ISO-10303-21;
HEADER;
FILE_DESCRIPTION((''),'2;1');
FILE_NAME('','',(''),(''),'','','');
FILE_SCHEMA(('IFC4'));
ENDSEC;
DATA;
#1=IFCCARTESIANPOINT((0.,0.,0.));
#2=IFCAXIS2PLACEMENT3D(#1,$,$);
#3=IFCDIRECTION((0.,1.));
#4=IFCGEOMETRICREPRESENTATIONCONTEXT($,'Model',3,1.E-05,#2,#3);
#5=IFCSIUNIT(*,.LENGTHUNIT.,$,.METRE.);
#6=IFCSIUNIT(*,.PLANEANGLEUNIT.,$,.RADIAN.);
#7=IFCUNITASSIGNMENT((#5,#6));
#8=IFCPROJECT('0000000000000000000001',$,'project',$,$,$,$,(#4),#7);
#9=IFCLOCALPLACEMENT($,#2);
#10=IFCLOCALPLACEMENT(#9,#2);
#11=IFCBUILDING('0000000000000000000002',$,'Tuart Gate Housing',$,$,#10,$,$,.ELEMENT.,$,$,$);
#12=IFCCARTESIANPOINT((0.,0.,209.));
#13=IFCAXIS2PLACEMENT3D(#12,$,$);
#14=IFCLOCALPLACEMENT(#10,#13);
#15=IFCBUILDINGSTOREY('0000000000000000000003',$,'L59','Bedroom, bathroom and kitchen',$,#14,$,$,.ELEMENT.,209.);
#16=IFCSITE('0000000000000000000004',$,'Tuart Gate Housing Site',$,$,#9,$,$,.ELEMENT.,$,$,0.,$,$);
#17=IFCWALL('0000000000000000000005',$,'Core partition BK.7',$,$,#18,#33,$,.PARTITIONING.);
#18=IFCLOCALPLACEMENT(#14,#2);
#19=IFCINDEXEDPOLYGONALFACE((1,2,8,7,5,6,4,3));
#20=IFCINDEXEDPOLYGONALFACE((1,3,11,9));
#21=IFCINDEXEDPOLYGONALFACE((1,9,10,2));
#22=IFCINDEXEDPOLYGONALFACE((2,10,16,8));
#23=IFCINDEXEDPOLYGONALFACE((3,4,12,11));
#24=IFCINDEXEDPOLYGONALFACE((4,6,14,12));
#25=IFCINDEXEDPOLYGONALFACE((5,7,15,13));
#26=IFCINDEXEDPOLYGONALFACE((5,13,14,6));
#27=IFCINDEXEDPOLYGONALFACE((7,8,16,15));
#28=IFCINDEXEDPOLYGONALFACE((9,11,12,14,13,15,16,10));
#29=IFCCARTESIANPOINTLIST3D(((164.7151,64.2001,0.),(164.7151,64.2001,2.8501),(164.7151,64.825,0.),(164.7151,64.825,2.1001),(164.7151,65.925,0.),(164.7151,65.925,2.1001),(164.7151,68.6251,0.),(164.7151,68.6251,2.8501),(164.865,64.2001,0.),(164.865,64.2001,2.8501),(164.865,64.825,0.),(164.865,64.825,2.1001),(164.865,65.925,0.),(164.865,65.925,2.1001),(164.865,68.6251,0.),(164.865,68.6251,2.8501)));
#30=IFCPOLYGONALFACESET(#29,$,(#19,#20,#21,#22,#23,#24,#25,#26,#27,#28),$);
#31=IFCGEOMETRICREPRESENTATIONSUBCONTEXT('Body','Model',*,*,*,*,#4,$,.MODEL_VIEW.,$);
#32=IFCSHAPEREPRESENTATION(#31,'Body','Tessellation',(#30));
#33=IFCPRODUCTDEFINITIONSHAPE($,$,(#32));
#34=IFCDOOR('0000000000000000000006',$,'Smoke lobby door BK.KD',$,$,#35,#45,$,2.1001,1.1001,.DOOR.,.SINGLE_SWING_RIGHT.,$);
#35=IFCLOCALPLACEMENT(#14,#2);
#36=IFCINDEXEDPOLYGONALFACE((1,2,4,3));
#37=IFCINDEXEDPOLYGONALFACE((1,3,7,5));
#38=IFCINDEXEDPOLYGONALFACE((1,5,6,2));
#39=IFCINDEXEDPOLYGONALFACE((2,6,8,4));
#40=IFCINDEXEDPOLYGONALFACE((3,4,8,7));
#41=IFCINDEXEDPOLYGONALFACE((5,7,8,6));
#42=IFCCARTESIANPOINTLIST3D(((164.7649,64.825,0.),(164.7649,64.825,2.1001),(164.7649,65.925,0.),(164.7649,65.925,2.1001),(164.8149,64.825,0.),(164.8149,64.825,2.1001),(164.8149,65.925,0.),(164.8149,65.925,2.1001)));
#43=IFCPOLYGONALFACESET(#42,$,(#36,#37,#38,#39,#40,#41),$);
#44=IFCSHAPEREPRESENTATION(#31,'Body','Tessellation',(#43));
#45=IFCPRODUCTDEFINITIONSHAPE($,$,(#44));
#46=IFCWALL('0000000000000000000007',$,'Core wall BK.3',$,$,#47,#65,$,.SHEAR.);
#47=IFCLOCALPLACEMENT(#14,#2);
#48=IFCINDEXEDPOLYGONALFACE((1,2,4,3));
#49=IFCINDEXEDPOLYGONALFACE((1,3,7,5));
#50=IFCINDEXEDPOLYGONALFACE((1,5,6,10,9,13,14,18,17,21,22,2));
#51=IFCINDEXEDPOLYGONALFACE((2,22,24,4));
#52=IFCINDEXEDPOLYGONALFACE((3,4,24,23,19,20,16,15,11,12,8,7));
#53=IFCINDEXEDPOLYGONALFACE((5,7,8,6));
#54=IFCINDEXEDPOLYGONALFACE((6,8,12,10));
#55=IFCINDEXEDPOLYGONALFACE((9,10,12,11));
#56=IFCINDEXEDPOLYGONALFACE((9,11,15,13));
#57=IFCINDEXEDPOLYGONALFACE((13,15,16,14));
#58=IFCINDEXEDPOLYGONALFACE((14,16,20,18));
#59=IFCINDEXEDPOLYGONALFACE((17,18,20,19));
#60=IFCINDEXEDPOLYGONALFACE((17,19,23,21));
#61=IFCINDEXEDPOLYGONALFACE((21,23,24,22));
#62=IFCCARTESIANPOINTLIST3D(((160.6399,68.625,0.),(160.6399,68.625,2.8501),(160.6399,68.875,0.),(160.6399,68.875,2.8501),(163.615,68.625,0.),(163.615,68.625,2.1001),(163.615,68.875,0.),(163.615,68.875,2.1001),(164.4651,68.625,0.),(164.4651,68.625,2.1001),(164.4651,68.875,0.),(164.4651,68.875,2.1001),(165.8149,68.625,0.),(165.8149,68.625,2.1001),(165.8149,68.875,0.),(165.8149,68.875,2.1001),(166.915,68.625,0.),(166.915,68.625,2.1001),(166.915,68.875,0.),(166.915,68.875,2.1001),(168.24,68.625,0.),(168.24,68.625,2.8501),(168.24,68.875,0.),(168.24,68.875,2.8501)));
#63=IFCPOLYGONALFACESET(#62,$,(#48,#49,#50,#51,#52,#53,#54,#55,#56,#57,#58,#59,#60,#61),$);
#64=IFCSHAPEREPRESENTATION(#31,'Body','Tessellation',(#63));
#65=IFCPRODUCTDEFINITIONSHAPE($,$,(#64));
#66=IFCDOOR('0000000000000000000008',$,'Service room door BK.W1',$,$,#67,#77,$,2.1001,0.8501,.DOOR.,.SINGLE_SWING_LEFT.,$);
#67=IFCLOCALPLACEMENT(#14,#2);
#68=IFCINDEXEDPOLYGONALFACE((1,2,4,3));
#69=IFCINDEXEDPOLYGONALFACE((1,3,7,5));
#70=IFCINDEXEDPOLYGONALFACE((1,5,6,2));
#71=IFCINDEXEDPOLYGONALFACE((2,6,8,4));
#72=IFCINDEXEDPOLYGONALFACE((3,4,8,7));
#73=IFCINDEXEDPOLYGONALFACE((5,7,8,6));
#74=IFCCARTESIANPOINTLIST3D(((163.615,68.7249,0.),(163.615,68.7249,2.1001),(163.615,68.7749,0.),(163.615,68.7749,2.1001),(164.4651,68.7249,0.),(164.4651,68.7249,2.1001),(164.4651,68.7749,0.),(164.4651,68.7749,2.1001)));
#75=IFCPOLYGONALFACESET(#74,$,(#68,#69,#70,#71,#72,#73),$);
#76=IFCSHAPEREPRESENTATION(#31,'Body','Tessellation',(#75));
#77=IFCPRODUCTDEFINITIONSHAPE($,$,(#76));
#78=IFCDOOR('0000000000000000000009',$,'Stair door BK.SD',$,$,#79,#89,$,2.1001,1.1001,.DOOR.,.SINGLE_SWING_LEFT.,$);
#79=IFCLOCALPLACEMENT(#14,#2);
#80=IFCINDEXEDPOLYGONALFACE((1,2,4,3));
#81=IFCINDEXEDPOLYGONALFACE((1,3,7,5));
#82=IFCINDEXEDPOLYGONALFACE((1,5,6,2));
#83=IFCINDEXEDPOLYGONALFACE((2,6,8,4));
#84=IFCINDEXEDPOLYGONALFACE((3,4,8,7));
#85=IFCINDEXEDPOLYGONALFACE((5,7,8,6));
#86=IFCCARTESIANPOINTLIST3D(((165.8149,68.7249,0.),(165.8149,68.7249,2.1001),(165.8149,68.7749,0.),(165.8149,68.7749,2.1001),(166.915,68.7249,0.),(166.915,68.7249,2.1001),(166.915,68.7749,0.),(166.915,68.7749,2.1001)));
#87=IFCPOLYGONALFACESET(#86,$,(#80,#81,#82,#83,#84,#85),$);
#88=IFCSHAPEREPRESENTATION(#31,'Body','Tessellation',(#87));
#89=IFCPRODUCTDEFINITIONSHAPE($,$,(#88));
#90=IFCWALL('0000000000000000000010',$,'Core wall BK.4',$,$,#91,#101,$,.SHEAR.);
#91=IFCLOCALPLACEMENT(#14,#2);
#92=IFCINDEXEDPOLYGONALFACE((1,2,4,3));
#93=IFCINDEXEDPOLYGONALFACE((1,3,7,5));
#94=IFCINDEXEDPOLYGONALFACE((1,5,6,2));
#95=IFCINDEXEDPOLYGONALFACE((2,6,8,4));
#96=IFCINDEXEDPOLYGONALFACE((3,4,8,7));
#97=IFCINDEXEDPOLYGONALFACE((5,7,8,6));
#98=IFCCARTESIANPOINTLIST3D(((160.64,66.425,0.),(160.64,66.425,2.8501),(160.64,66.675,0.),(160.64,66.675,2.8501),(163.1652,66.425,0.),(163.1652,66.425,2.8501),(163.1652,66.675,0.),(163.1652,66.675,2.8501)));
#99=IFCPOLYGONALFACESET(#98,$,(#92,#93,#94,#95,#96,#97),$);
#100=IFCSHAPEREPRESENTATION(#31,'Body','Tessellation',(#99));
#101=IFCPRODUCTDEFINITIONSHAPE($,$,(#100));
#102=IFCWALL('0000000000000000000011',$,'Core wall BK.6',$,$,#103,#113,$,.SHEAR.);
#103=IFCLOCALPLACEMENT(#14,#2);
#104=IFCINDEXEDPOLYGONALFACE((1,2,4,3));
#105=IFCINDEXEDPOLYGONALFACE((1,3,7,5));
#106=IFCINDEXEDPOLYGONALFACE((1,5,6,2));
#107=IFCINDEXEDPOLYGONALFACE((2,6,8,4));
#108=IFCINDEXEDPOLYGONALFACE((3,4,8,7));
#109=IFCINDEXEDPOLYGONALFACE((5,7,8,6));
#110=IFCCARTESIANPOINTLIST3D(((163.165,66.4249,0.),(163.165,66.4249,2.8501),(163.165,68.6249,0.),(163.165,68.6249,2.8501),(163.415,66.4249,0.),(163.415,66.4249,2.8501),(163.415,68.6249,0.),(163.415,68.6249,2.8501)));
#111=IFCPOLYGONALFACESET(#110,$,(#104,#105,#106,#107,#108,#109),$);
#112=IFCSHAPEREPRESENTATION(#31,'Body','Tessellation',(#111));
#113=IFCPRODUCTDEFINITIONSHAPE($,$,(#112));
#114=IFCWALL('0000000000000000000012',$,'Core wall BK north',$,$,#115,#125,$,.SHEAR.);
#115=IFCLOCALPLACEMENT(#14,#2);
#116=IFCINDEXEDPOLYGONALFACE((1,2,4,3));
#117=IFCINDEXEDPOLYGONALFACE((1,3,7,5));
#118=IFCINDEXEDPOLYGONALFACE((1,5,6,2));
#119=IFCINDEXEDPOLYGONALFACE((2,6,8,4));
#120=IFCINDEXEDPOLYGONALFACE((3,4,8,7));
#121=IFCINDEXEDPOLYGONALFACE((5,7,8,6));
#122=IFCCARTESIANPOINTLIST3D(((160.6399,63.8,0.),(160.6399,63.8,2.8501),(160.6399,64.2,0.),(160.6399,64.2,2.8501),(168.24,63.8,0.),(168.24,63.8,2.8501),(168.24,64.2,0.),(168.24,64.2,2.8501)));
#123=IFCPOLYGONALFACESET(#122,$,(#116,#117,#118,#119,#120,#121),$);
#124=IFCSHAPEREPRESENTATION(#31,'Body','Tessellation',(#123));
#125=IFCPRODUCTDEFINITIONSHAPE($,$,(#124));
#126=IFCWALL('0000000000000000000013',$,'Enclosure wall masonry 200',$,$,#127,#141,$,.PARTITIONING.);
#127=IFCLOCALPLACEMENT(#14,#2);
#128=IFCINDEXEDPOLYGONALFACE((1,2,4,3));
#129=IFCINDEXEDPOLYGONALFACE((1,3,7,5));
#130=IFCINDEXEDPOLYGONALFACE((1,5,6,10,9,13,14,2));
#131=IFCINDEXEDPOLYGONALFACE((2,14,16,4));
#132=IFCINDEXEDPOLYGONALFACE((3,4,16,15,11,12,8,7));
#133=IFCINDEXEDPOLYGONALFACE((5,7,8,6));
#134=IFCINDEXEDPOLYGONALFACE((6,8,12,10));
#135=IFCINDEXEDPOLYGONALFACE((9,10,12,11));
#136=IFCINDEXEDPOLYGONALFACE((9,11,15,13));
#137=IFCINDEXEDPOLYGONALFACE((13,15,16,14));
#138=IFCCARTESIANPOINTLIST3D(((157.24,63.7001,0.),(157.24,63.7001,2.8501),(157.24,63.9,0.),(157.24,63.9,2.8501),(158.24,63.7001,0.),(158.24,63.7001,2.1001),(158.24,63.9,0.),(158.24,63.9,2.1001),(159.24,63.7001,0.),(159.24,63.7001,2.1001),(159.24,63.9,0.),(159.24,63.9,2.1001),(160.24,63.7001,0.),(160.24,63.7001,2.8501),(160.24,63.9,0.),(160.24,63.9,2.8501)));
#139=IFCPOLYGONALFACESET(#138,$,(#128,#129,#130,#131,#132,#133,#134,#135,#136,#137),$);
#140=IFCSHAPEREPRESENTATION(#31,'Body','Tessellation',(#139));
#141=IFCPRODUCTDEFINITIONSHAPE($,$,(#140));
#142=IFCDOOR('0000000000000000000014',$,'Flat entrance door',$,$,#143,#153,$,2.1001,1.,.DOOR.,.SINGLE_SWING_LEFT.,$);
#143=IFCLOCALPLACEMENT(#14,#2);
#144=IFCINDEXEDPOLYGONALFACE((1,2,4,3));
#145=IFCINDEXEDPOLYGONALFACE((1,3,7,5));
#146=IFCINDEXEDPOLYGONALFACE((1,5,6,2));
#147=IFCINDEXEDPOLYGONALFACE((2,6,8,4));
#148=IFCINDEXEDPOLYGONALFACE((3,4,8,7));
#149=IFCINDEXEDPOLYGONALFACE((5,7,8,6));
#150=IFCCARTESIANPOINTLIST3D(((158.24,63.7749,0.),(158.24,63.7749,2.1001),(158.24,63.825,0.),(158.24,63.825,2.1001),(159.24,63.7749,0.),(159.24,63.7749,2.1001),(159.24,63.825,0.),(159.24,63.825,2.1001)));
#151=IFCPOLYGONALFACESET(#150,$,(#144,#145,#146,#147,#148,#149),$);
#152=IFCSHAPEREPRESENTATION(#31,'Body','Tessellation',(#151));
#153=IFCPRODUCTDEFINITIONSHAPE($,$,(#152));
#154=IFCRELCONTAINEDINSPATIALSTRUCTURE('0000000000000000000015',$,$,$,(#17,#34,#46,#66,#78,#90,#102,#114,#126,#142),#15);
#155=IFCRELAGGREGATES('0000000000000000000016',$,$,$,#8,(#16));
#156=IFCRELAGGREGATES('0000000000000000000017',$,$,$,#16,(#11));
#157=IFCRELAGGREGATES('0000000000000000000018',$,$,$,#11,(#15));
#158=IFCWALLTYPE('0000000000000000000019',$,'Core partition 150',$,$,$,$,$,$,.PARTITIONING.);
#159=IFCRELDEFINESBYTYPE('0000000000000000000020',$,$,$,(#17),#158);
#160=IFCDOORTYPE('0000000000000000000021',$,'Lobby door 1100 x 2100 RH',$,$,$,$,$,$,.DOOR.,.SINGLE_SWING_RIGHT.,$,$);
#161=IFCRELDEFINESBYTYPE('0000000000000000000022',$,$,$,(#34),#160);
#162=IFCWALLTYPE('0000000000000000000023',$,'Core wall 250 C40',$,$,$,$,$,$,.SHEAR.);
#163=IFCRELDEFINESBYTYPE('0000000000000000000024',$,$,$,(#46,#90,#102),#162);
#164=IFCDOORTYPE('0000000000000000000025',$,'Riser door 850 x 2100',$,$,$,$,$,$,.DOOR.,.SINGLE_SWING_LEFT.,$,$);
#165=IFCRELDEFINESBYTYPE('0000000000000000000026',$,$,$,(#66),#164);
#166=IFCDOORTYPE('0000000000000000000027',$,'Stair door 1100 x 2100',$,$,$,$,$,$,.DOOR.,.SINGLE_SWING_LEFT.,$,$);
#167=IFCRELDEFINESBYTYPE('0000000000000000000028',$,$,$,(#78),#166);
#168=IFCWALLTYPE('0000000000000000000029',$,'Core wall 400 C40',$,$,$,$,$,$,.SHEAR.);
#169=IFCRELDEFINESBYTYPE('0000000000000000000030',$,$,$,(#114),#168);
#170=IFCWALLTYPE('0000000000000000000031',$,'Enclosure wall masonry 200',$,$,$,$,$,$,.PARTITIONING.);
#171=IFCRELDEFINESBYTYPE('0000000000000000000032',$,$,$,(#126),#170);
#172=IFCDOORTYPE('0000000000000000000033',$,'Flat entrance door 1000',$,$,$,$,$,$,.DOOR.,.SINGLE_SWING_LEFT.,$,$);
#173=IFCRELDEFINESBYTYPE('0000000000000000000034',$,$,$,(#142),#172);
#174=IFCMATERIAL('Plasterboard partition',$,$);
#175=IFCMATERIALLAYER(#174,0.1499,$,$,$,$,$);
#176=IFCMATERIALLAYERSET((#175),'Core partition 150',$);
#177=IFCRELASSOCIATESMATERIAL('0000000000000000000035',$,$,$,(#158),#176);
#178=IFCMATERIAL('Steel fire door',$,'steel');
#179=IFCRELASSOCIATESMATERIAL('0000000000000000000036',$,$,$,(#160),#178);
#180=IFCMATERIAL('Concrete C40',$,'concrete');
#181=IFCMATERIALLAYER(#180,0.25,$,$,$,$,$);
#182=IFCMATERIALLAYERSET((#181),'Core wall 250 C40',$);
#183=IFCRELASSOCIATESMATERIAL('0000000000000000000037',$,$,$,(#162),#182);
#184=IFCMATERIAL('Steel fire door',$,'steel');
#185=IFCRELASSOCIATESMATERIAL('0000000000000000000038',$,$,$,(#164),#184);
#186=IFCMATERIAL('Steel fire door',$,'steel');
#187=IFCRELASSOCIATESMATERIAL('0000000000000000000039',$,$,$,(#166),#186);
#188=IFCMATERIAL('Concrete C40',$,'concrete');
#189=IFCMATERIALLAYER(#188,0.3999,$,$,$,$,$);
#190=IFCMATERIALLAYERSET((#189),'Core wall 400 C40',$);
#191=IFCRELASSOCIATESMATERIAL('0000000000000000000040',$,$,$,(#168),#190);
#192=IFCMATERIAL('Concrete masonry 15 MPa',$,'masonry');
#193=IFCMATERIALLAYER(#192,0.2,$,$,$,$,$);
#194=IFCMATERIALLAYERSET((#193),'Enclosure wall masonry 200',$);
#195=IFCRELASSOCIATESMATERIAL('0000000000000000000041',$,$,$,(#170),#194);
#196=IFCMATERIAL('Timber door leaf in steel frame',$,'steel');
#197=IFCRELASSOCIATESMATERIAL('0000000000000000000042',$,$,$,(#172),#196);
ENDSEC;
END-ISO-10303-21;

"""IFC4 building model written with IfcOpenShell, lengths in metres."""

from ifc_helpers import new_model, si_unit, direction, frame, frame_2d, origin, place, context, subcontext, project, spatial, rectangle, extrude, material, layer, layer_set, type_object, element, fill, save


model = new_model("IFC4")

# Units and contexts
model_context = context("Model", 3, precision=1e-05, world=origin(), true_north=direction((0.0, 1.0)))
body_context = subcontext(model_context, "Body", "Model", "MODEL_VIEW")
ifc_project = project(units=[si_unit("LENGTHUNIT", "METRE"), si_unit("PLANEANGLEUNIT", "RADIAN")], contexts=[model_context])

# Site, building, storey
site_placement = place(None, origin())
site = spatial("IfcSite", under=ifc_project, at=site_placement, Name="Tuart Gate Housing Site", CompositionType="ELEMENT", RefElevation=0.0)
building_placement = place(site_placement, origin())
building = spatial("IfcBuilding", under=site, at=building_placement, Name="Tuart Gate Housing", CompositionType="ELEMENT")
storey_placement = place(building_placement, frame((0.0, 0.0, 209.0)))
storey = spatial("IfcBuildingStorey", under=building, at=storey_placement, Name="L59", Description="Bedroom, bathroom and kitchen", CompositionType="ELEMENT", Elevation=209.0)

# Wall, opening, door
ifc_material_1 = material(Name="Plasterboard partition")
ifc_layer_1 = layer(ifc_material_1, 0.1499)
ifc_layer_set_1 = layer_set([ifc_layer_1], Name="Core partition 150")
wall_type_1 = type_object("IfcWallType", Name="Core partition 150", PredefinedType="PARTITIONING", material=ifc_layer_set_1)
wall_1_placement = place(storey_placement, frame((164.79, 68.625, 0.0), z_axis=(0.0, 0.0, 1.0), x_axis=(0.0, -1.0, 0.0)))
wall_1 = element("IfcWall", 1, at=wall_1_placement, inside=storey, type_object=wall_type_1, Name="Core partition BK.7", PredefinedType="PARTITIONING", context=body_context, shape_type="SweptSolid", body=[
    extrude(rectangle(XDim=4.425, YDim=0.1499, at=frame_2d((2.2124, 0.0))), origin(), (0.0, 0.0, 1.0), 2.8501),
])
opening_1_placement = place(wall_1_placement, frame((2.7, 0.0, 0.0)))
opening_1 = element("IfcOpeningElement", 2, at=opening_1_placement, cuts=wall_1, PredefinedType="OPENING", context=body_context, shape_type="SweptSolid", body=[
    extrude(rectangle(XDim=1.1001, YDim=2.1001, at=frame_2d((0.55, 1.05))), frame((0.0, 0.085, 0.0), z_axis=(0.0, -1.0, 0.0), x_axis=(1.0, 0.0, 0.0)), (0.0, 0.0, 1.0), 0.1699),
])
ifc_material_2 = material(Name="Steel fire door", Category="steel")
door_type_1 = type_object("IfcDoorType", Name="Lobby door 1100 x 2100 RH", OperationType="SINGLE_SWING_RIGHT", PredefinedType="DOOR", material=ifc_material_2)
door_1_placement = place(opening_1_placement, origin())
door_1 = element("IfcDoor", 3, at=door_1_placement, inside=storey, type_object=door_type_1, Name="Smoke lobby door BK.KD", OperationType="SINGLE_SWING_RIGHT", OverallHeight=2.1001, OverallWidth=1.1001, PredefinedType="DOOR", context=body_context, shape_type="SweptSolid", body=[
    extrude(rectangle(XDim=1.1001, YDim=2.1001, at=frame_2d((0.55, 1.05))), frame((0.0, 0.0249, 0.0), z_axis=(0.0, -1.0, 0.0), x_axis=(1.0, 0.0, 0.0)), (0.0, 0.0, 1.0), 0.05),
])
fill(opening_1, door_1)

# Wall, openings, doors
ifc_material_3 = material(Name="Concrete C40", Category="concrete")
ifc_layer_2 = layer(ifc_material_3, 0.25)
ifc_layer_set_2 = layer_set([ifc_layer_2], Name="Core wall 250 C40")
wall_type_2 = type_object("IfcWallType", Name="Core wall 250 C40", PredefinedType="SHEAR", material=ifc_layer_set_2)
wall_2_placement = place(storey_placement, frame((160.6399, 68.75, 0.0), z_axis=(0.0, 0.0, 1.0), x_axis=(1.0, 0.0, 0.0)))
wall_2 = element("IfcWall", 4, at=wall_2_placement, inside=storey, type_object=wall_type_2, Name="Core wall BK.3", PredefinedType="SHEAR", context=body_context, shape_type="SweptSolid", body=[
    extrude(rectangle(XDim=7.6001, YDim=0.25, at=frame_2d((3.8, 0.0))), origin(), (0.0, 0.0, 1.0), 2.8501),
])
opening_2_placement = place(wall_2_placement, frame((5.175, 0.0, 0.0)))
opening_2 = element("IfcOpeningElement", 5, at=opening_2_placement, cuts=wall_2, PredefinedType="OPENING", context=body_context, shape_type="SweptSolid", body=[
    extrude(rectangle(XDim=1.1001, YDim=2.1001, at=frame_2d((0.55, 1.05))), frame((0.0, 0.135, 0.0), z_axis=(0.0, -1.0, 0.0), x_axis=(1.0, 0.0, 0.0)), (0.0, 0.0, 1.0), 0.27),
])
opening_3_placement = place(wall_2_placement, frame((2.9751, 0.0, 0.0)))
opening_3 = element("IfcOpeningElement", 6, at=opening_3_placement, cuts=wall_2, PredefinedType="OPENING", context=body_context, shape_type="SweptSolid", body=[
    extrude(rectangle(XDim=0.8501, YDim=2.1001, at=frame_2d((0.425, 1.05))), frame((0.0, 0.135, 0.0), z_axis=(0.0, -1.0, 0.0), x_axis=(1.0, 0.0, 0.0)), (0.0, 0.0, 1.0), 0.27),
])
ifc_material_4 = material(Name="Steel fire door", Category="steel")
door_type_2 = type_object("IfcDoorType", Name="Riser door 850 x 2100", OperationType="SINGLE_SWING_LEFT", PredefinedType="DOOR", material=ifc_material_4)
door_2_placement = place(opening_3_placement, origin())
door_2 = element("IfcDoor", 7, at=door_2_placement, inside=storey, type_object=door_type_2, Name="Service room door BK.W1", OperationType="SINGLE_SWING_LEFT", OverallHeight=2.1001, OverallWidth=0.8501, PredefinedType="DOOR", context=body_context, shape_type="SweptSolid", body=[
    extrude(rectangle(XDim=0.8501, YDim=2.1001, at=frame_2d((0.425, 1.05))), frame((0.0, 0.0249, 0.0), z_axis=(0.0, -1.0, 0.0), x_axis=(1.0, 0.0, 0.0)), (0.0, 0.0, 1.0), 0.05),
])
fill(opening_3, door_2)
ifc_material_5 = material(Name="Steel fire door", Category="steel")
door_type_3 = type_object("IfcDoorType", Name="Stair door 1100 x 2100", OperationType="SINGLE_SWING_LEFT", PredefinedType="DOOR", material=ifc_material_5)
door_3_placement = place(opening_2_placement, origin())
door_3 = element("IfcDoor", 8, at=door_3_placement, inside=storey, type_object=door_type_3, Name="Stair door BK.SD", OperationType="SINGLE_SWING_LEFT", OverallHeight=2.1001, OverallWidth=1.1001, PredefinedType="DOOR", context=body_context, shape_type="SweptSolid", body=[
    extrude(rectangle(XDim=1.1001, YDim=2.1001, at=frame_2d((0.55, 1.05))), frame((0.0, 0.0249, 0.0), z_axis=(0.0, -1.0, 0.0), x_axis=(1.0, 0.0, 0.0)), (0.0, 0.0, 1.0), 0.05),
])
fill(opening_2, door_3)

# Walls
wall_3_placement = place(storey_placement, frame((160.6399, 66.55, 0.0), z_axis=(0.0, 0.0, 1.0), x_axis=(1.0, 0.0, 0.0)))
element("IfcWall", 9, at=wall_3_placement, inside=storey, type_object=wall_type_2, Name="Core wall BK.4", PredefinedType="SHEAR", context=body_context, shape_type="SweptSolid", body=[
    extrude(rectangle(XDim=2.5251, YDim=0.25, at=frame_2d((1.2627, 0.0))), origin(), (0.0, 0.0, 1.0), 2.8501),
])
wall_4_placement = place(storey_placement, frame((163.29, 68.625, 0.0), z_axis=(0.0, 0.0, 1.0), x_axis=(0.0, -1.0, 0.0)))
element("IfcWall", 10, at=wall_4_placement, inside=storey, type_object=wall_type_2, Name="Core wall BK.6", PredefinedType="SHEAR", context=body_context, shape_type="SweptSolid", body=[
    extrude(rectangle(XDim=2.2, YDim=0.25, at=frame_2d((1.1001, 0.0))), origin(), (0.0, 0.0, 1.0), 2.8501),
])
ifc_material_6 = material(Name="Concrete C40", Category="concrete")
ifc_layer_3 = layer(ifc_material_6, 0.3999)
ifc_layer_set_3 = layer_set([ifc_layer_3], Name="Core wall 400 C40")
wall_type_3 = type_object("IfcWallType", Name="Core wall 400 C40", PredefinedType="SHEAR", material=ifc_layer_set_3)
wall_5_placement = place(storey_placement, frame((160.6399, 64.0, 0.0), z_axis=(0.0, 0.0, 1.0), x_axis=(1.0, 0.0, 0.0)))
element("IfcWall", 11, at=wall_5_placement, inside=storey, type_object=wall_type_3, Name="Core wall BK north", PredefinedType="SHEAR", context=body_context, shape_type="SweptSolid", body=[
    extrude(rectangle(XDim=7.6001, YDim=0.3999, at=frame_2d((3.8, 0.0))), origin(), (0.0, 0.0, 1.0), 2.8501),
])

# Wall, opening, door
ifc_material_7 = material(Name="Concrete masonry 15 MPa", Category="masonry")
ifc_layer_4 = layer(ifc_material_7, 0.2)
ifc_layer_set_4 = layer_set([ifc_layer_4], Name="Enclosure wall masonry 200")
wall_type_4 = type_object("IfcWallType", Name="Enclosure wall masonry 200", PredefinedType="PARTITIONING", material=ifc_layer_set_4)
wall_6_placement = place(storey_placement, frame((157.24, 63.8, 0.0), z_axis=(0.0, 0.0, 1.0), x_axis=(1.0, 0.0, 0.0)))
wall_6 = element("IfcWall", 12, at=wall_6_placement, inside=storey, type_object=wall_type_4, Name="Enclosure wall masonry 200", PredefinedType="PARTITIONING", context=body_context, shape_type="SweptSolid", body=[
    extrude(rectangle(XDim=3.0, YDim=0.2, at=frame_2d((1.5, 0.0))), origin(), (0.0, 0.0, 1.0), 2.8501),
])
opening_4_placement = place(wall_6_placement, frame((1.0, 0.0, 0.0)))
opening_4 = element("IfcOpeningElement", 13, at=opening_4_placement, cuts=wall_6, PredefinedType="OPENING", context=body_context, shape_type="SweptSolid", body=[
    extrude(rectangle(XDim=1.0, YDim=2.1001, at=frame_2d((0.5, 1.05))), frame((0.0, 0.1099, 0.0), z_axis=(0.0, -1.0, 0.0), x_axis=(1.0, 0.0, 0.0)), (0.0, 0.0, 1.0), 0.22),
])
ifc_material_8 = material(Name="Timber door leaf in steel frame", Category="steel")
door_type_4 = type_object("IfcDoorType", Name="Flat entrance door 1000", OperationType="SINGLE_SWING_LEFT", PredefinedType="DOOR", material=ifc_material_8)
door_4_placement = place(opening_4_placement, frame((1.0, 0.0, 0.0), z_axis=(0.0, 0.0, 1.0), x_axis=(-1.0, 0.0, 0.0)))
door_4 = element("IfcDoor", 14, at=door_4_placement, inside=storey, type_object=door_type_4, Name="Flat entrance door", OperationType="SINGLE_SWING_LEFT", OverallHeight=2.1001, OverallWidth=1.0, PredefinedType="DOOR", context=body_context, shape_type="SweptSolid", body=[
    extrude(rectangle(XDim=1.0, YDim=2.1001, at=frame_2d((0.5, 1.05))), frame((0.0, 0.0251, 0.0), z_axis=(0.0, -1.0, 0.0), x_axis=(1.0, 0.0, 0.0)), (0.0, 0.0, 1.0), 0.05),
])
fill(opening_4, door_4)

save(model, "model.ifc")
